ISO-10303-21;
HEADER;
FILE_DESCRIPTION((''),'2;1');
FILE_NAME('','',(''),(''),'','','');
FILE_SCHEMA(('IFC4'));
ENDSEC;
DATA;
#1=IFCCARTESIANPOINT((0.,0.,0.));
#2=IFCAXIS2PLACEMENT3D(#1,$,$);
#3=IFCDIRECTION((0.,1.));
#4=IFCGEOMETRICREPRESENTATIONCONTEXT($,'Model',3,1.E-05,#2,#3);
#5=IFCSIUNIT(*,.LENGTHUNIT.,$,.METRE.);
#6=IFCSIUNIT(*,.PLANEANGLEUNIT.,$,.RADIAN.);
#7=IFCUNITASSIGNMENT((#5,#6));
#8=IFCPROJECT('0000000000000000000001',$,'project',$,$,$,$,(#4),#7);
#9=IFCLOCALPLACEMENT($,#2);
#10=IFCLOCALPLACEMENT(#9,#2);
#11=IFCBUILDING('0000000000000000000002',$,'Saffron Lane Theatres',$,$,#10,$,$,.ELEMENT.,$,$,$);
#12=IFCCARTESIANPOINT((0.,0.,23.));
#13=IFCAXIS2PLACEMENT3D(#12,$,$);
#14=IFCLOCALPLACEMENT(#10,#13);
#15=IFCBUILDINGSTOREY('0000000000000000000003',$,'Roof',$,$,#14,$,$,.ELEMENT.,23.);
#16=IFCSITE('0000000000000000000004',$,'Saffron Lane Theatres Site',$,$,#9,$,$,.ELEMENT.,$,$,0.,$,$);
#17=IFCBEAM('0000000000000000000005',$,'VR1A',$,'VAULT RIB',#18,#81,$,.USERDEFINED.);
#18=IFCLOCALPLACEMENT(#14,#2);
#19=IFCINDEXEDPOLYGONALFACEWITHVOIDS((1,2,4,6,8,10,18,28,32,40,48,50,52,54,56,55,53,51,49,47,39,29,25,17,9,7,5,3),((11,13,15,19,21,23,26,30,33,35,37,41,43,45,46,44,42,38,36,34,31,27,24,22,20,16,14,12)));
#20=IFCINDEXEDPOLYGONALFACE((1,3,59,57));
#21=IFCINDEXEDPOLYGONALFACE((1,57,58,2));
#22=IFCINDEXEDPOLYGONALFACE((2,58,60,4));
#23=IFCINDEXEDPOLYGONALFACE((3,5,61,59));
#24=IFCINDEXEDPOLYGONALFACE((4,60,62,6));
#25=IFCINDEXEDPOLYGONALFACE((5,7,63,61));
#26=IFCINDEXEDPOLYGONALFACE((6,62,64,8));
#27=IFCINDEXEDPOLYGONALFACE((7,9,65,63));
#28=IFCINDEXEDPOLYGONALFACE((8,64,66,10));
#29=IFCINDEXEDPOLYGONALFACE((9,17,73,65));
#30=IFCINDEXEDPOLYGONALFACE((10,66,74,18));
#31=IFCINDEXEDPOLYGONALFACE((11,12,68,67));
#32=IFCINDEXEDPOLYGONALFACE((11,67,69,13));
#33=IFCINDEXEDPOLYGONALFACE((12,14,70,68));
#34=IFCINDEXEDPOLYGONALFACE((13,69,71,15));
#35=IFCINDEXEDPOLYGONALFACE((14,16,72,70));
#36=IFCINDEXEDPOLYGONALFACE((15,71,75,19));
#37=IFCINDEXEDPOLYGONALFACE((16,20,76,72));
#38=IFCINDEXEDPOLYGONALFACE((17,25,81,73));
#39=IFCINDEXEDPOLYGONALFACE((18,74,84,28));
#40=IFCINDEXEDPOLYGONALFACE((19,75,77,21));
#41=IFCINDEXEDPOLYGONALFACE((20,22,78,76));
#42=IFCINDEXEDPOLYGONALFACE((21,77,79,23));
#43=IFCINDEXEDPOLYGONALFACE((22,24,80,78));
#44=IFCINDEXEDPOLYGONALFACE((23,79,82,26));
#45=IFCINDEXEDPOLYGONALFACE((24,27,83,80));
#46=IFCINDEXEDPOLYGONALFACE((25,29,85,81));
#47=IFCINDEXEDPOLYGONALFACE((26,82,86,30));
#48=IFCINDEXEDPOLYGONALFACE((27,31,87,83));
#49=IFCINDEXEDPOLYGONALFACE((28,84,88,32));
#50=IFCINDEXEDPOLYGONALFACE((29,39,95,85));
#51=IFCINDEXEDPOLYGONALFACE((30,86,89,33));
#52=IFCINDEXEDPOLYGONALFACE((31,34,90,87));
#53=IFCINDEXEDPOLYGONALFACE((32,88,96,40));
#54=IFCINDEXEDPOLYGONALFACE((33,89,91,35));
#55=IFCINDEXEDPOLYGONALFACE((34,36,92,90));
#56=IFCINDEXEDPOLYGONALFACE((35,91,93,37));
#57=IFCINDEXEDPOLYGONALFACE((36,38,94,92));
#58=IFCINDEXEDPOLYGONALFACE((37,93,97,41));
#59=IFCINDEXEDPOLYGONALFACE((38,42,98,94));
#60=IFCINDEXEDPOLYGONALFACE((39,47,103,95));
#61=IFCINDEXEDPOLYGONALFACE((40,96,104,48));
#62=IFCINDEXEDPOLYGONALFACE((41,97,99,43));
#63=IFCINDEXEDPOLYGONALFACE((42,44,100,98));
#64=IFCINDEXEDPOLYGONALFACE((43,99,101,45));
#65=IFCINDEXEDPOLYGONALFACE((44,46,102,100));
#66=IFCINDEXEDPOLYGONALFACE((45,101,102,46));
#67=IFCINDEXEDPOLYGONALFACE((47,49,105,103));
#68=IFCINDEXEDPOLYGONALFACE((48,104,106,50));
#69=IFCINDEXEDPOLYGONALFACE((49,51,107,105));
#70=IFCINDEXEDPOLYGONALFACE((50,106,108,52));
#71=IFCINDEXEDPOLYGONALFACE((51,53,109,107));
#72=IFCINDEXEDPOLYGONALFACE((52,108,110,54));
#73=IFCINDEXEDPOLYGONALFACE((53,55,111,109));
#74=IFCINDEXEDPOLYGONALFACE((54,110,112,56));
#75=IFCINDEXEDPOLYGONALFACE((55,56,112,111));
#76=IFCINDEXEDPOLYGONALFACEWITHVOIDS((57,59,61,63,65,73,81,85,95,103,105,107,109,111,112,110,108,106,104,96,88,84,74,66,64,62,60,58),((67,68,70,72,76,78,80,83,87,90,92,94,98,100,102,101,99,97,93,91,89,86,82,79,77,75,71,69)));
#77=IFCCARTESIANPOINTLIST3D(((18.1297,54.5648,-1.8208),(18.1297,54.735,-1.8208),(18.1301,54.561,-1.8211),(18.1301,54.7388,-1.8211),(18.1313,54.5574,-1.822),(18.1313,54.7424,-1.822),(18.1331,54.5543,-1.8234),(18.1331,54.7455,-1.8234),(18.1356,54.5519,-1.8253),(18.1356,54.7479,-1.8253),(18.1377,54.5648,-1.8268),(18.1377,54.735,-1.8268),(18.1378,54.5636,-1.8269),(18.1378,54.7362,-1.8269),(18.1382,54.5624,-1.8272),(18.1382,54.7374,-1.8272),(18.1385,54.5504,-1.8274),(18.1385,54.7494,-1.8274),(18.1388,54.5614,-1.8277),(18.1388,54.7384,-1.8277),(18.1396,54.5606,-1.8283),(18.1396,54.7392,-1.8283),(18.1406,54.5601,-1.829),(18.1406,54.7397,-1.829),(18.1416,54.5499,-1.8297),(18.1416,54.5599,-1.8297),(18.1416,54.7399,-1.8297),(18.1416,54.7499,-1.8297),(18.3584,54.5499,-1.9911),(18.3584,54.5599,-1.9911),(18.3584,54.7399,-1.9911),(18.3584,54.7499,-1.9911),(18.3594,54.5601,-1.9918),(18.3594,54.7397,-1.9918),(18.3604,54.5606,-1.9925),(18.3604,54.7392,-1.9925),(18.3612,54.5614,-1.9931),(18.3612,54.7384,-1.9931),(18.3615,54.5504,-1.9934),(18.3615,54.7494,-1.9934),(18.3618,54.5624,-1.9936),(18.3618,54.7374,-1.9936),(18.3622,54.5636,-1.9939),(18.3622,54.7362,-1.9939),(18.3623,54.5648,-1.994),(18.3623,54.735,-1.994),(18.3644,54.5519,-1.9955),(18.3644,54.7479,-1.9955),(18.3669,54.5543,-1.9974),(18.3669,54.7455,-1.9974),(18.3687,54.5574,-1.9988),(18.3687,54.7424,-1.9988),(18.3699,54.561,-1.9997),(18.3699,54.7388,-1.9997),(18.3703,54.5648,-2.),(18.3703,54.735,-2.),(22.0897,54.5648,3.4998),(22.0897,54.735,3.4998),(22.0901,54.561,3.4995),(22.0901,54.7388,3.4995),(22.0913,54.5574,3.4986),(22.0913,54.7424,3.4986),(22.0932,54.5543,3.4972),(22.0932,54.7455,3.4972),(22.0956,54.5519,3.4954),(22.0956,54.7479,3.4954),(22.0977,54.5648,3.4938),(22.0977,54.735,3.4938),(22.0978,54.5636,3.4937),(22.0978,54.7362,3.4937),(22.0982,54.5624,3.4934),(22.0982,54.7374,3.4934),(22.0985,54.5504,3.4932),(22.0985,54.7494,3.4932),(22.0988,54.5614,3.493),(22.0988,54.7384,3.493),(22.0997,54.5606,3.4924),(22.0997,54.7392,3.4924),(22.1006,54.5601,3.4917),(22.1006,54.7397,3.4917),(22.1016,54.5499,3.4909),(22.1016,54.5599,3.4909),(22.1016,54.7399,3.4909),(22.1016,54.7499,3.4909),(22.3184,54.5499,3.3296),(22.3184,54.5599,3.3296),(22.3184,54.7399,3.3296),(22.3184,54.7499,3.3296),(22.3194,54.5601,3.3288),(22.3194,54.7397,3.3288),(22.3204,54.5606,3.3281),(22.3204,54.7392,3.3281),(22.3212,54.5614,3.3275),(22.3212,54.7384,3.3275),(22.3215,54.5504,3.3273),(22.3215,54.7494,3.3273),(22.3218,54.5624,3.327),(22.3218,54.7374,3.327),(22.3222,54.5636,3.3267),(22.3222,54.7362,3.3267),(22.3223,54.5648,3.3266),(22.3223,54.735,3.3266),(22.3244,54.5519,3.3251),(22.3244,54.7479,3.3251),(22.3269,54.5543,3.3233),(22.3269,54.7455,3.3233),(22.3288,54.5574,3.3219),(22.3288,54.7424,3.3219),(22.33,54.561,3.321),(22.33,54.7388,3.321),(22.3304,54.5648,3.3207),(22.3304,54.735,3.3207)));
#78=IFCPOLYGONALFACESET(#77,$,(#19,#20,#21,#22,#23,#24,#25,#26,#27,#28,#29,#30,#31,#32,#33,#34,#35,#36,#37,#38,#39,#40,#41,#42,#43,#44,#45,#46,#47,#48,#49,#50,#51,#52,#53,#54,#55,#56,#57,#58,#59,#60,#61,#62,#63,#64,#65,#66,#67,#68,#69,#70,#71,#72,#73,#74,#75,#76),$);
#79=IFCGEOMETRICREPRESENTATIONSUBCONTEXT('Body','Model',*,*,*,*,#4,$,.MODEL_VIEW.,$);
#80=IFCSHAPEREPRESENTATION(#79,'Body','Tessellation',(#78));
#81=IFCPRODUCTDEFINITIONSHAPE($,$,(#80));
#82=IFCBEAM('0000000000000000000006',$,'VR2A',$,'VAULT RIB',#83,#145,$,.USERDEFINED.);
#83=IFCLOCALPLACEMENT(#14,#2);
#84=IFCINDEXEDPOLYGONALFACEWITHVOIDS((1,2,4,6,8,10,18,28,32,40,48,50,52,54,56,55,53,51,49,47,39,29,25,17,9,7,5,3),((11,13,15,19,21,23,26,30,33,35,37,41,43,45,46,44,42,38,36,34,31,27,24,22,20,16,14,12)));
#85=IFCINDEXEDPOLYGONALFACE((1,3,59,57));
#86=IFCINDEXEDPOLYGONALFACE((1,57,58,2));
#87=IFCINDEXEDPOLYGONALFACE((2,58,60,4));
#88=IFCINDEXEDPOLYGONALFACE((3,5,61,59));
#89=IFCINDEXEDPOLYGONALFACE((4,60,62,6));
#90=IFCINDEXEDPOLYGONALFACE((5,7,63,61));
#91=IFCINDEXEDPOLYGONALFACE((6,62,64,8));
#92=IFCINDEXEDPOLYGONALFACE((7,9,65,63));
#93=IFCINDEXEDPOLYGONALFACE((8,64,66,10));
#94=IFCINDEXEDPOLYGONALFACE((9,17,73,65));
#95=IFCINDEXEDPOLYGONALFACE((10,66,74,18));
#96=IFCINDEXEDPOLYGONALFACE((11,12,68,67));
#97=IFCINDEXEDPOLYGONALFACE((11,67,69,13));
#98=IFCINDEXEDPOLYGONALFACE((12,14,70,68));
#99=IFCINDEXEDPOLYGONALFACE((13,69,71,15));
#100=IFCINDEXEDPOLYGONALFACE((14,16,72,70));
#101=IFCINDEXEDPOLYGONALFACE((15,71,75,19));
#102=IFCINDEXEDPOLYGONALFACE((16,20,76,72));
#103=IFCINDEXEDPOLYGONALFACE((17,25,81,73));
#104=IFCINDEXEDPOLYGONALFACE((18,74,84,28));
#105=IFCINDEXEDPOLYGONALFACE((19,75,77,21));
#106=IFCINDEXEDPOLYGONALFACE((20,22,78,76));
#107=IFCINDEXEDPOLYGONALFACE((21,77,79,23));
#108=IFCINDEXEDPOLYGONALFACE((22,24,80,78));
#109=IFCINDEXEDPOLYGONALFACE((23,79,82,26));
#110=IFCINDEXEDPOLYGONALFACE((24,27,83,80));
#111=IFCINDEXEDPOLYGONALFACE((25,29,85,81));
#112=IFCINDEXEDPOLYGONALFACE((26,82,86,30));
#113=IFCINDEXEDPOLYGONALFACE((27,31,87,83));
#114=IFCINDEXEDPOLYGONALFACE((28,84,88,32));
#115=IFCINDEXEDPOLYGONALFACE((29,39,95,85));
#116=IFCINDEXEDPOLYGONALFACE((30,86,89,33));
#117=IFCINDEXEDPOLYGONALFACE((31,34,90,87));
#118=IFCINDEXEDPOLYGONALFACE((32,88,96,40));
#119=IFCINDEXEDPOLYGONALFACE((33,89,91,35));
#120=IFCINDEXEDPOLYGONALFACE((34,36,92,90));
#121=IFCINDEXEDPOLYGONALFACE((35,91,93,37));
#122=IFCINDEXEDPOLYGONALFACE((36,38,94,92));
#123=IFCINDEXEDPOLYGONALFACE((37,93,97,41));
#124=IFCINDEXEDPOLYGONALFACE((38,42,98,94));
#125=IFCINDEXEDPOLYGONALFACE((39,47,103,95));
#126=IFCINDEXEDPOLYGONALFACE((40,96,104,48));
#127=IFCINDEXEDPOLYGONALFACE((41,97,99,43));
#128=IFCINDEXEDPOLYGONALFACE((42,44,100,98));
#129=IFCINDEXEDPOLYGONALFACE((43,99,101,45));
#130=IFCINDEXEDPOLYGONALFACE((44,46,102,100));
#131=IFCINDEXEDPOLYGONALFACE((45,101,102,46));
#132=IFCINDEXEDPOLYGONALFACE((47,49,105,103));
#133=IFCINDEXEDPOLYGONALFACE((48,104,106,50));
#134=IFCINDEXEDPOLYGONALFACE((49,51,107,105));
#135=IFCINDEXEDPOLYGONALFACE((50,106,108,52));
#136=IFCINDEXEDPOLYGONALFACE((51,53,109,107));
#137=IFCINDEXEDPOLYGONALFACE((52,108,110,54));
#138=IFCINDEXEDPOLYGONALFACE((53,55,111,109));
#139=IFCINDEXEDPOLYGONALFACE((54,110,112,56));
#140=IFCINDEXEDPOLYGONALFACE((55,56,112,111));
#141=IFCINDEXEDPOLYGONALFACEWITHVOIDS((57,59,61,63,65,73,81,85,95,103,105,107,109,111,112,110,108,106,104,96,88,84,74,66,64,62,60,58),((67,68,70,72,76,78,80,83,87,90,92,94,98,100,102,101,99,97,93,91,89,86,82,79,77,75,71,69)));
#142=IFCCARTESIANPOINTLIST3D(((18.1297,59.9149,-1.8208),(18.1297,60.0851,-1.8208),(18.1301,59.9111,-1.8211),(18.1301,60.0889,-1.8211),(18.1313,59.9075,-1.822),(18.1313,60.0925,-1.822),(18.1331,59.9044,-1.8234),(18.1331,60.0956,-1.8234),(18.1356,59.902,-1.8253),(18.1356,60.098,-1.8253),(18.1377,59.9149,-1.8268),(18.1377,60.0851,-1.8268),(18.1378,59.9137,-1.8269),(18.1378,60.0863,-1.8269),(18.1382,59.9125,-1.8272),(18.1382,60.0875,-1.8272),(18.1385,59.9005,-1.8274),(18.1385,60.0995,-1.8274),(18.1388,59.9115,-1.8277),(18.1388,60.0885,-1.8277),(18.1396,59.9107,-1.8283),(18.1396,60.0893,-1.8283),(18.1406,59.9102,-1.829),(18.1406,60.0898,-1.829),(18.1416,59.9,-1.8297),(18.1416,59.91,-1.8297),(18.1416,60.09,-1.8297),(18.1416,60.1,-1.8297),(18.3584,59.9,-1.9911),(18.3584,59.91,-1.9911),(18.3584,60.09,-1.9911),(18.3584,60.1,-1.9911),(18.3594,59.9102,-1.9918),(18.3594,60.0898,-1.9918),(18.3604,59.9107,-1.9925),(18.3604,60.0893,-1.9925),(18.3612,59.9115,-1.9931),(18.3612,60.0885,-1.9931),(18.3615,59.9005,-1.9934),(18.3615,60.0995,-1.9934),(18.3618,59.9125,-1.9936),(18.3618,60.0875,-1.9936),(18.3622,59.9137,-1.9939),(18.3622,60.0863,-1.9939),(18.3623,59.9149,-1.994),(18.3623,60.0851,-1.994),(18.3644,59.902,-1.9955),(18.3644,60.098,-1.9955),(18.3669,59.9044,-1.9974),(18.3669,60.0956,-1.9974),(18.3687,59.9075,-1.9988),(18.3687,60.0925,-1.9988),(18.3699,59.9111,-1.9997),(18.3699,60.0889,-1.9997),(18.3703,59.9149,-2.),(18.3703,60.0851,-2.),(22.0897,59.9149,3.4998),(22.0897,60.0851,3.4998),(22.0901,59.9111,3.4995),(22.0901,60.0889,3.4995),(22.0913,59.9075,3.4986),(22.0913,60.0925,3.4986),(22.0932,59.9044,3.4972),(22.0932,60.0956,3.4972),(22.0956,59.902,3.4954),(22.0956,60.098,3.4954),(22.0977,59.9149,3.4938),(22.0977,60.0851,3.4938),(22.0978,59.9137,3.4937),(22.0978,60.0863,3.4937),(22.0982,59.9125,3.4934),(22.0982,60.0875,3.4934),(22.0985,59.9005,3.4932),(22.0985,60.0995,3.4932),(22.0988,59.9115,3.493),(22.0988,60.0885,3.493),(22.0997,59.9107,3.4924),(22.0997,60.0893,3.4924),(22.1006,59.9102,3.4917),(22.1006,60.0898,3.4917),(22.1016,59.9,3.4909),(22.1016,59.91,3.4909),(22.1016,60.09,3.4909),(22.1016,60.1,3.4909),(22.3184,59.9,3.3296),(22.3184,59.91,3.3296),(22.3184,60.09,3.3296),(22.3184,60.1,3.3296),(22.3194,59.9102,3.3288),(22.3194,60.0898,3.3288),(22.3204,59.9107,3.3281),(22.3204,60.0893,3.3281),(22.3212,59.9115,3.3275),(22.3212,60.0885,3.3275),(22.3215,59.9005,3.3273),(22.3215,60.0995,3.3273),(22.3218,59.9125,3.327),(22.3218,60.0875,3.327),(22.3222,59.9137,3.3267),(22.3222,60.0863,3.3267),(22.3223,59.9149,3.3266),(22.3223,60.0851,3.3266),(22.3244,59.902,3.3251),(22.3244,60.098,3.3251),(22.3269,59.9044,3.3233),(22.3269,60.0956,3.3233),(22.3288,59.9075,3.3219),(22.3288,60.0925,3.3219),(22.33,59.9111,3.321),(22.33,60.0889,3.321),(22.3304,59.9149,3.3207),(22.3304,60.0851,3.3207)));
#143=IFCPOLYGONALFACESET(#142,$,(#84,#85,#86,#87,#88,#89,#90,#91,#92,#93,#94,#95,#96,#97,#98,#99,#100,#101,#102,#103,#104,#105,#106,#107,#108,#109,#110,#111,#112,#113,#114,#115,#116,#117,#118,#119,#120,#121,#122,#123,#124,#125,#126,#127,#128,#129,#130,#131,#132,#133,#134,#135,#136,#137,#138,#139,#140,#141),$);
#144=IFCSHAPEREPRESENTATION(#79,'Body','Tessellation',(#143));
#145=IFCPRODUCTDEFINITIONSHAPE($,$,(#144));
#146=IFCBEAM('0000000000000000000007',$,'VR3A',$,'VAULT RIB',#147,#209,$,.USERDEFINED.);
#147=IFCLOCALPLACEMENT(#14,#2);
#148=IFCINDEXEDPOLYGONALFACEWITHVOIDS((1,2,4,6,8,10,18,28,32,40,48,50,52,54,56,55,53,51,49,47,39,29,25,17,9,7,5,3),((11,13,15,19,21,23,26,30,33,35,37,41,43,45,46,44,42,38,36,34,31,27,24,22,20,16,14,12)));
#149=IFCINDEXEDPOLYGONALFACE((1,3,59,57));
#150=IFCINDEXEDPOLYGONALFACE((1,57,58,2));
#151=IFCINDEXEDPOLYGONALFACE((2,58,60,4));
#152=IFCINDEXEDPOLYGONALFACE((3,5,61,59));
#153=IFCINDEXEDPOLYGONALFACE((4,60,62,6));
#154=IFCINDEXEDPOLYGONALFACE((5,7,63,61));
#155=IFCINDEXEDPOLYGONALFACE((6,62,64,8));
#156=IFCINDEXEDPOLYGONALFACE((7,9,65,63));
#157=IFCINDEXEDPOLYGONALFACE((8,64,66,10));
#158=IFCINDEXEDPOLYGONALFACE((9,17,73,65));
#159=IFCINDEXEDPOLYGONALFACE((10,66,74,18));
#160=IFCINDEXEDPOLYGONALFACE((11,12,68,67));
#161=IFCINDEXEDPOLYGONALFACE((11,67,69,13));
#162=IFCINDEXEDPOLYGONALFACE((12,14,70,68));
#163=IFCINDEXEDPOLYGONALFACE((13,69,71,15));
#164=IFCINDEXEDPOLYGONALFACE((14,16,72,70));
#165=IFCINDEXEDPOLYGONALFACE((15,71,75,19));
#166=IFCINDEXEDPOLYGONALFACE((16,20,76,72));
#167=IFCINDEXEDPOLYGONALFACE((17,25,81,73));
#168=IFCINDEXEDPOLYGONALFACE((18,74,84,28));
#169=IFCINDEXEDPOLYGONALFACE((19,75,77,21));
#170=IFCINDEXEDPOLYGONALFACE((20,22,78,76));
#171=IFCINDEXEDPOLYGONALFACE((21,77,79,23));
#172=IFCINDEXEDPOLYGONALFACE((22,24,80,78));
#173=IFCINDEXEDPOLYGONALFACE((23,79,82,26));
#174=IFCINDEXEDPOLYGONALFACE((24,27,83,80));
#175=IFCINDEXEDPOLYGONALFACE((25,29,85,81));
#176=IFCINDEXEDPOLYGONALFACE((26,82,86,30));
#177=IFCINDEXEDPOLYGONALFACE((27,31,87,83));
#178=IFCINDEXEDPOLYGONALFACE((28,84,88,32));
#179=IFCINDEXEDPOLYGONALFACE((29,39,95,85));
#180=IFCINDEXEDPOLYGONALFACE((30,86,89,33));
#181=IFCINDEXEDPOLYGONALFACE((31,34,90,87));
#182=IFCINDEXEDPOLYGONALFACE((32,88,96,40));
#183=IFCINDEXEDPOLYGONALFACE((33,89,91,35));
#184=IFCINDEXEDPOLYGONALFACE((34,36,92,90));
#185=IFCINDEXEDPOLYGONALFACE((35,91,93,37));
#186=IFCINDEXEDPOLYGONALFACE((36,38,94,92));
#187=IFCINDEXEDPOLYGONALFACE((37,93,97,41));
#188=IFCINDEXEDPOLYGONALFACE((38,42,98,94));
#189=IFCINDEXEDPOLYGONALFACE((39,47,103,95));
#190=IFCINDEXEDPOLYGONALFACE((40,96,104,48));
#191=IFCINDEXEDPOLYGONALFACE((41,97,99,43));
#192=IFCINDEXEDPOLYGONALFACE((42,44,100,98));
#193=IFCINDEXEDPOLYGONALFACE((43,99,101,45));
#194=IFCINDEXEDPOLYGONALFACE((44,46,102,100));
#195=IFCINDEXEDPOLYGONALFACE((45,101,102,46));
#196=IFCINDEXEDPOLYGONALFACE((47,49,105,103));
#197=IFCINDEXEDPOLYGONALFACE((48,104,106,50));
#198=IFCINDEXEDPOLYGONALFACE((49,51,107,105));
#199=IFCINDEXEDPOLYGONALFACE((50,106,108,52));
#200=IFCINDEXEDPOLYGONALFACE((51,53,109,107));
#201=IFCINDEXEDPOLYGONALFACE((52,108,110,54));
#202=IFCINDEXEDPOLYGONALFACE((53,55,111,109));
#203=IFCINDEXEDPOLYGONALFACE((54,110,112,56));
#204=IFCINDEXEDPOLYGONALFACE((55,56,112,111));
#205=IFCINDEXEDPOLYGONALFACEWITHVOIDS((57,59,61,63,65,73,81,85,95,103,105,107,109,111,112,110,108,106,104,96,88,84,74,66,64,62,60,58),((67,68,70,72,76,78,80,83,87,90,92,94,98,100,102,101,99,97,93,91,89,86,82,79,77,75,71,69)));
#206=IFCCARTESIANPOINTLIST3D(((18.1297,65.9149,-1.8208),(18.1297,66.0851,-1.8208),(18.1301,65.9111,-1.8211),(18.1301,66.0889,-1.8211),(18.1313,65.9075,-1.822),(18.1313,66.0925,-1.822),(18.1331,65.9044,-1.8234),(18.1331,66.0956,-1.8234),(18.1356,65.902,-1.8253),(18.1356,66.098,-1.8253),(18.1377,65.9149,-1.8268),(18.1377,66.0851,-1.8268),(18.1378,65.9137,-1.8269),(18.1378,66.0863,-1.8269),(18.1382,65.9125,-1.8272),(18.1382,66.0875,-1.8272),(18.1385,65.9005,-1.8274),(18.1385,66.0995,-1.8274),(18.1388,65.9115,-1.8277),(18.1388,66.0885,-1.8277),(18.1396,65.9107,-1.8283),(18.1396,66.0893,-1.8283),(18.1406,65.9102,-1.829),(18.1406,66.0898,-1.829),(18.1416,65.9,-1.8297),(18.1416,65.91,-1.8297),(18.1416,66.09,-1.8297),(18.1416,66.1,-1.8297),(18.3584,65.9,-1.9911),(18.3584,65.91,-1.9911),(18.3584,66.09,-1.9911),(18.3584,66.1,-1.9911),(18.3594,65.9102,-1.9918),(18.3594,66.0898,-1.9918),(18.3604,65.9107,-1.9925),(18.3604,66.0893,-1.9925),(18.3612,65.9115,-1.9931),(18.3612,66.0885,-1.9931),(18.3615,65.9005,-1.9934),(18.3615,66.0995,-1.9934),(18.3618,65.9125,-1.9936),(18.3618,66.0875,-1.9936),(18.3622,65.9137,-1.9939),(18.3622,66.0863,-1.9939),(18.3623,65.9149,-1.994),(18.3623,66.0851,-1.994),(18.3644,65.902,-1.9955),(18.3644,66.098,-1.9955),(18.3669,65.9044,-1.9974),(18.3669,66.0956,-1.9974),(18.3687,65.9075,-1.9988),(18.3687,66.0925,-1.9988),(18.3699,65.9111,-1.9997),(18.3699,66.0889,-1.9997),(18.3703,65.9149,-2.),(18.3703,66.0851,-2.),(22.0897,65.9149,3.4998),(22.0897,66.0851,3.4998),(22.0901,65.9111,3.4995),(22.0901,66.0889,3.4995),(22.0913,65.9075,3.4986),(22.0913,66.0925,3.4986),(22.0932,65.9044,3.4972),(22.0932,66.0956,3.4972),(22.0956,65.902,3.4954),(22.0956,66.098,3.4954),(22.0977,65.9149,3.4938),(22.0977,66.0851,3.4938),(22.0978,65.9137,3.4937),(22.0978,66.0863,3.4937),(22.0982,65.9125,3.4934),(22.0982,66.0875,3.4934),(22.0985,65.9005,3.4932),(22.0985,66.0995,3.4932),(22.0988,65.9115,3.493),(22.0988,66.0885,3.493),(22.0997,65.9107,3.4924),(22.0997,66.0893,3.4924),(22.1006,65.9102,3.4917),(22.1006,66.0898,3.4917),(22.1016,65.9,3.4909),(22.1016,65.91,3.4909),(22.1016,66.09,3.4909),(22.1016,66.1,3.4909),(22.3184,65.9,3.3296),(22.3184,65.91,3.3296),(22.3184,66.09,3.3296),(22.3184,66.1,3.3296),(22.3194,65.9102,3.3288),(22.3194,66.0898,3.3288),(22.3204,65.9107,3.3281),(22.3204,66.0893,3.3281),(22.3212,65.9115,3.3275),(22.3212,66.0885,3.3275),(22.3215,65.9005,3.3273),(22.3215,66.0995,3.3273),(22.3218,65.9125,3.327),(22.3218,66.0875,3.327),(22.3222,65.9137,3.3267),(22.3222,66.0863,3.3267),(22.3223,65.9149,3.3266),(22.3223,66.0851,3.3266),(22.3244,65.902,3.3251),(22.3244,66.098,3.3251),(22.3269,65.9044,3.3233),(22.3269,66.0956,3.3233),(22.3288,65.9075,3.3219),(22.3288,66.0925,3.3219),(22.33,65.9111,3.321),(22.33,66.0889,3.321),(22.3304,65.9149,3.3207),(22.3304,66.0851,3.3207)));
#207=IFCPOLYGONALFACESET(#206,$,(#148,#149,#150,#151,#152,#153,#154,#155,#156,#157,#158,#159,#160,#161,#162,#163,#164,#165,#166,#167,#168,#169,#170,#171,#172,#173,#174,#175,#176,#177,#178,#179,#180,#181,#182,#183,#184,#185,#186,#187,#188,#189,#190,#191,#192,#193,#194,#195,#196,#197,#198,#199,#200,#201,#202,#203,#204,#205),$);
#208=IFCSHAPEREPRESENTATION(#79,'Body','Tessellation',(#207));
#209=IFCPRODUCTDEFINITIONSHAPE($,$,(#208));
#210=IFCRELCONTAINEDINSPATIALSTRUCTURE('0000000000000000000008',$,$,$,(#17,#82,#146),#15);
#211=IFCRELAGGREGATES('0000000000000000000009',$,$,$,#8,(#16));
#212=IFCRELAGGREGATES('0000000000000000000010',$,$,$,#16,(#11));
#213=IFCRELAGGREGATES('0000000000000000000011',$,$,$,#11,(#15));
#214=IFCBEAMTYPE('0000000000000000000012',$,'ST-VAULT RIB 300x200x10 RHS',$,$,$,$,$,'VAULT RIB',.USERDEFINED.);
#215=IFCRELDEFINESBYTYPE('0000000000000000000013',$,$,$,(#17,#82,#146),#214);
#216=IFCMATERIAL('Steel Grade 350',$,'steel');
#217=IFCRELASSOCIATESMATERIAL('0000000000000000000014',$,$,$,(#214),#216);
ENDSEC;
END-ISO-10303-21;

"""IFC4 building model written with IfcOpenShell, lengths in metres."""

from ifc_helpers import new_model, si_unit, direction, frame, origin, origin_2d, place, context, subcontext, project, spatial, hollow_rectangle, extrude, material, material_profile, profile_set, type_object, element, save


model = new_model("IFC4")

# Units and contexts
model_context = context("Model", 3, precision=1e-05, world=origin(), true_north=direction((0.0, 1.0)))
body_context = subcontext(model_context, "Body", "Model", "MODEL_VIEW")
ifc_project = project(units=[si_unit("LENGTHUNIT", "METRE"), si_unit("PLANEANGLEUNIT", "RADIAN")], contexts=[model_context])

# Site, building, storey
site_placement = place(None, origin())
site = spatial("IfcSite", under=ifc_project, at=site_placement, Name="Saffron Lane Theatres Site", CompositionType="ELEMENT", RefElevation=0.0)
building_placement = place(site_placement, origin())
building = spatial("IfcBuilding", under=site, at=building_placement, Name="Saffron Lane Theatres", CompositionType="ELEMENT")
storey_placement = place(building_placement, frame((0.0, 0.0, 23.0)))
storey = spatial("IfcBuildingStorey", under=building, at=storey_placement, Name="Roof", CompositionType="ELEMENT", Elevation=23.0)

# Beams
ifc_material_1 = material(Name="Steel Grade 350", Category="steel")
ifc_material_profile_1 = material_profile(ifc_material_1, hollow_rectangle(XDim=0.2, YDim=0.3, WallThickness=0.01, InnerFilletRadius=0.0049, OuterFilletRadius=0.0149, at=origin_2d()))
ifc_profile_set_1 = profile_set([ifc_material_profile_1], Name="Steel Grade 350")
beam_type = type_object("IfcBeamType", Name="ST-VAULT RIB 300x200x10 RHS", ElementType="VAULT RIB", PredefinedType="USERDEFINED", material=ifc_profile_set_1)
for number, where, z_axis, x_axis, name in (
    (1, (18.25, 54.6499, -1.9104), (0.597057, 0.0, 0.802199), (0.0, 1.0, 0.0), "VR1A"),
    (2, (18.25, 60.0, -1.9104), (0.597057, 0.0, 0.802199), (0.0, 1.0, 0.0), "VR2A"),
    (3, (18.25, 66.0, -1.9104), (0.597057, 0.0, 0.802199), (0.0, 1.0, 0.0), "VR3A"),
):
    element("IfcBeam", number, at=place(storey_placement, frame(where, z_axis=z_axis, x_axis=x_axis)), inside=storey, type_object=beam_type, Name=name, ObjectType="VAULT RIB", PredefinedType="USERDEFINED", context=body_context, shape_type="SweptSolid", body=[
        extrude(hollow_rectangle(XDim=0.2, YDim=0.3, WallThickness=0.01, InnerFilletRadius=0.0049, OuterFilletRadius=0.0149, at=origin_2d()), origin(), (0.0, 0.0, 1.0), 6.6326),
    ])

save(model, "model.ifc")
